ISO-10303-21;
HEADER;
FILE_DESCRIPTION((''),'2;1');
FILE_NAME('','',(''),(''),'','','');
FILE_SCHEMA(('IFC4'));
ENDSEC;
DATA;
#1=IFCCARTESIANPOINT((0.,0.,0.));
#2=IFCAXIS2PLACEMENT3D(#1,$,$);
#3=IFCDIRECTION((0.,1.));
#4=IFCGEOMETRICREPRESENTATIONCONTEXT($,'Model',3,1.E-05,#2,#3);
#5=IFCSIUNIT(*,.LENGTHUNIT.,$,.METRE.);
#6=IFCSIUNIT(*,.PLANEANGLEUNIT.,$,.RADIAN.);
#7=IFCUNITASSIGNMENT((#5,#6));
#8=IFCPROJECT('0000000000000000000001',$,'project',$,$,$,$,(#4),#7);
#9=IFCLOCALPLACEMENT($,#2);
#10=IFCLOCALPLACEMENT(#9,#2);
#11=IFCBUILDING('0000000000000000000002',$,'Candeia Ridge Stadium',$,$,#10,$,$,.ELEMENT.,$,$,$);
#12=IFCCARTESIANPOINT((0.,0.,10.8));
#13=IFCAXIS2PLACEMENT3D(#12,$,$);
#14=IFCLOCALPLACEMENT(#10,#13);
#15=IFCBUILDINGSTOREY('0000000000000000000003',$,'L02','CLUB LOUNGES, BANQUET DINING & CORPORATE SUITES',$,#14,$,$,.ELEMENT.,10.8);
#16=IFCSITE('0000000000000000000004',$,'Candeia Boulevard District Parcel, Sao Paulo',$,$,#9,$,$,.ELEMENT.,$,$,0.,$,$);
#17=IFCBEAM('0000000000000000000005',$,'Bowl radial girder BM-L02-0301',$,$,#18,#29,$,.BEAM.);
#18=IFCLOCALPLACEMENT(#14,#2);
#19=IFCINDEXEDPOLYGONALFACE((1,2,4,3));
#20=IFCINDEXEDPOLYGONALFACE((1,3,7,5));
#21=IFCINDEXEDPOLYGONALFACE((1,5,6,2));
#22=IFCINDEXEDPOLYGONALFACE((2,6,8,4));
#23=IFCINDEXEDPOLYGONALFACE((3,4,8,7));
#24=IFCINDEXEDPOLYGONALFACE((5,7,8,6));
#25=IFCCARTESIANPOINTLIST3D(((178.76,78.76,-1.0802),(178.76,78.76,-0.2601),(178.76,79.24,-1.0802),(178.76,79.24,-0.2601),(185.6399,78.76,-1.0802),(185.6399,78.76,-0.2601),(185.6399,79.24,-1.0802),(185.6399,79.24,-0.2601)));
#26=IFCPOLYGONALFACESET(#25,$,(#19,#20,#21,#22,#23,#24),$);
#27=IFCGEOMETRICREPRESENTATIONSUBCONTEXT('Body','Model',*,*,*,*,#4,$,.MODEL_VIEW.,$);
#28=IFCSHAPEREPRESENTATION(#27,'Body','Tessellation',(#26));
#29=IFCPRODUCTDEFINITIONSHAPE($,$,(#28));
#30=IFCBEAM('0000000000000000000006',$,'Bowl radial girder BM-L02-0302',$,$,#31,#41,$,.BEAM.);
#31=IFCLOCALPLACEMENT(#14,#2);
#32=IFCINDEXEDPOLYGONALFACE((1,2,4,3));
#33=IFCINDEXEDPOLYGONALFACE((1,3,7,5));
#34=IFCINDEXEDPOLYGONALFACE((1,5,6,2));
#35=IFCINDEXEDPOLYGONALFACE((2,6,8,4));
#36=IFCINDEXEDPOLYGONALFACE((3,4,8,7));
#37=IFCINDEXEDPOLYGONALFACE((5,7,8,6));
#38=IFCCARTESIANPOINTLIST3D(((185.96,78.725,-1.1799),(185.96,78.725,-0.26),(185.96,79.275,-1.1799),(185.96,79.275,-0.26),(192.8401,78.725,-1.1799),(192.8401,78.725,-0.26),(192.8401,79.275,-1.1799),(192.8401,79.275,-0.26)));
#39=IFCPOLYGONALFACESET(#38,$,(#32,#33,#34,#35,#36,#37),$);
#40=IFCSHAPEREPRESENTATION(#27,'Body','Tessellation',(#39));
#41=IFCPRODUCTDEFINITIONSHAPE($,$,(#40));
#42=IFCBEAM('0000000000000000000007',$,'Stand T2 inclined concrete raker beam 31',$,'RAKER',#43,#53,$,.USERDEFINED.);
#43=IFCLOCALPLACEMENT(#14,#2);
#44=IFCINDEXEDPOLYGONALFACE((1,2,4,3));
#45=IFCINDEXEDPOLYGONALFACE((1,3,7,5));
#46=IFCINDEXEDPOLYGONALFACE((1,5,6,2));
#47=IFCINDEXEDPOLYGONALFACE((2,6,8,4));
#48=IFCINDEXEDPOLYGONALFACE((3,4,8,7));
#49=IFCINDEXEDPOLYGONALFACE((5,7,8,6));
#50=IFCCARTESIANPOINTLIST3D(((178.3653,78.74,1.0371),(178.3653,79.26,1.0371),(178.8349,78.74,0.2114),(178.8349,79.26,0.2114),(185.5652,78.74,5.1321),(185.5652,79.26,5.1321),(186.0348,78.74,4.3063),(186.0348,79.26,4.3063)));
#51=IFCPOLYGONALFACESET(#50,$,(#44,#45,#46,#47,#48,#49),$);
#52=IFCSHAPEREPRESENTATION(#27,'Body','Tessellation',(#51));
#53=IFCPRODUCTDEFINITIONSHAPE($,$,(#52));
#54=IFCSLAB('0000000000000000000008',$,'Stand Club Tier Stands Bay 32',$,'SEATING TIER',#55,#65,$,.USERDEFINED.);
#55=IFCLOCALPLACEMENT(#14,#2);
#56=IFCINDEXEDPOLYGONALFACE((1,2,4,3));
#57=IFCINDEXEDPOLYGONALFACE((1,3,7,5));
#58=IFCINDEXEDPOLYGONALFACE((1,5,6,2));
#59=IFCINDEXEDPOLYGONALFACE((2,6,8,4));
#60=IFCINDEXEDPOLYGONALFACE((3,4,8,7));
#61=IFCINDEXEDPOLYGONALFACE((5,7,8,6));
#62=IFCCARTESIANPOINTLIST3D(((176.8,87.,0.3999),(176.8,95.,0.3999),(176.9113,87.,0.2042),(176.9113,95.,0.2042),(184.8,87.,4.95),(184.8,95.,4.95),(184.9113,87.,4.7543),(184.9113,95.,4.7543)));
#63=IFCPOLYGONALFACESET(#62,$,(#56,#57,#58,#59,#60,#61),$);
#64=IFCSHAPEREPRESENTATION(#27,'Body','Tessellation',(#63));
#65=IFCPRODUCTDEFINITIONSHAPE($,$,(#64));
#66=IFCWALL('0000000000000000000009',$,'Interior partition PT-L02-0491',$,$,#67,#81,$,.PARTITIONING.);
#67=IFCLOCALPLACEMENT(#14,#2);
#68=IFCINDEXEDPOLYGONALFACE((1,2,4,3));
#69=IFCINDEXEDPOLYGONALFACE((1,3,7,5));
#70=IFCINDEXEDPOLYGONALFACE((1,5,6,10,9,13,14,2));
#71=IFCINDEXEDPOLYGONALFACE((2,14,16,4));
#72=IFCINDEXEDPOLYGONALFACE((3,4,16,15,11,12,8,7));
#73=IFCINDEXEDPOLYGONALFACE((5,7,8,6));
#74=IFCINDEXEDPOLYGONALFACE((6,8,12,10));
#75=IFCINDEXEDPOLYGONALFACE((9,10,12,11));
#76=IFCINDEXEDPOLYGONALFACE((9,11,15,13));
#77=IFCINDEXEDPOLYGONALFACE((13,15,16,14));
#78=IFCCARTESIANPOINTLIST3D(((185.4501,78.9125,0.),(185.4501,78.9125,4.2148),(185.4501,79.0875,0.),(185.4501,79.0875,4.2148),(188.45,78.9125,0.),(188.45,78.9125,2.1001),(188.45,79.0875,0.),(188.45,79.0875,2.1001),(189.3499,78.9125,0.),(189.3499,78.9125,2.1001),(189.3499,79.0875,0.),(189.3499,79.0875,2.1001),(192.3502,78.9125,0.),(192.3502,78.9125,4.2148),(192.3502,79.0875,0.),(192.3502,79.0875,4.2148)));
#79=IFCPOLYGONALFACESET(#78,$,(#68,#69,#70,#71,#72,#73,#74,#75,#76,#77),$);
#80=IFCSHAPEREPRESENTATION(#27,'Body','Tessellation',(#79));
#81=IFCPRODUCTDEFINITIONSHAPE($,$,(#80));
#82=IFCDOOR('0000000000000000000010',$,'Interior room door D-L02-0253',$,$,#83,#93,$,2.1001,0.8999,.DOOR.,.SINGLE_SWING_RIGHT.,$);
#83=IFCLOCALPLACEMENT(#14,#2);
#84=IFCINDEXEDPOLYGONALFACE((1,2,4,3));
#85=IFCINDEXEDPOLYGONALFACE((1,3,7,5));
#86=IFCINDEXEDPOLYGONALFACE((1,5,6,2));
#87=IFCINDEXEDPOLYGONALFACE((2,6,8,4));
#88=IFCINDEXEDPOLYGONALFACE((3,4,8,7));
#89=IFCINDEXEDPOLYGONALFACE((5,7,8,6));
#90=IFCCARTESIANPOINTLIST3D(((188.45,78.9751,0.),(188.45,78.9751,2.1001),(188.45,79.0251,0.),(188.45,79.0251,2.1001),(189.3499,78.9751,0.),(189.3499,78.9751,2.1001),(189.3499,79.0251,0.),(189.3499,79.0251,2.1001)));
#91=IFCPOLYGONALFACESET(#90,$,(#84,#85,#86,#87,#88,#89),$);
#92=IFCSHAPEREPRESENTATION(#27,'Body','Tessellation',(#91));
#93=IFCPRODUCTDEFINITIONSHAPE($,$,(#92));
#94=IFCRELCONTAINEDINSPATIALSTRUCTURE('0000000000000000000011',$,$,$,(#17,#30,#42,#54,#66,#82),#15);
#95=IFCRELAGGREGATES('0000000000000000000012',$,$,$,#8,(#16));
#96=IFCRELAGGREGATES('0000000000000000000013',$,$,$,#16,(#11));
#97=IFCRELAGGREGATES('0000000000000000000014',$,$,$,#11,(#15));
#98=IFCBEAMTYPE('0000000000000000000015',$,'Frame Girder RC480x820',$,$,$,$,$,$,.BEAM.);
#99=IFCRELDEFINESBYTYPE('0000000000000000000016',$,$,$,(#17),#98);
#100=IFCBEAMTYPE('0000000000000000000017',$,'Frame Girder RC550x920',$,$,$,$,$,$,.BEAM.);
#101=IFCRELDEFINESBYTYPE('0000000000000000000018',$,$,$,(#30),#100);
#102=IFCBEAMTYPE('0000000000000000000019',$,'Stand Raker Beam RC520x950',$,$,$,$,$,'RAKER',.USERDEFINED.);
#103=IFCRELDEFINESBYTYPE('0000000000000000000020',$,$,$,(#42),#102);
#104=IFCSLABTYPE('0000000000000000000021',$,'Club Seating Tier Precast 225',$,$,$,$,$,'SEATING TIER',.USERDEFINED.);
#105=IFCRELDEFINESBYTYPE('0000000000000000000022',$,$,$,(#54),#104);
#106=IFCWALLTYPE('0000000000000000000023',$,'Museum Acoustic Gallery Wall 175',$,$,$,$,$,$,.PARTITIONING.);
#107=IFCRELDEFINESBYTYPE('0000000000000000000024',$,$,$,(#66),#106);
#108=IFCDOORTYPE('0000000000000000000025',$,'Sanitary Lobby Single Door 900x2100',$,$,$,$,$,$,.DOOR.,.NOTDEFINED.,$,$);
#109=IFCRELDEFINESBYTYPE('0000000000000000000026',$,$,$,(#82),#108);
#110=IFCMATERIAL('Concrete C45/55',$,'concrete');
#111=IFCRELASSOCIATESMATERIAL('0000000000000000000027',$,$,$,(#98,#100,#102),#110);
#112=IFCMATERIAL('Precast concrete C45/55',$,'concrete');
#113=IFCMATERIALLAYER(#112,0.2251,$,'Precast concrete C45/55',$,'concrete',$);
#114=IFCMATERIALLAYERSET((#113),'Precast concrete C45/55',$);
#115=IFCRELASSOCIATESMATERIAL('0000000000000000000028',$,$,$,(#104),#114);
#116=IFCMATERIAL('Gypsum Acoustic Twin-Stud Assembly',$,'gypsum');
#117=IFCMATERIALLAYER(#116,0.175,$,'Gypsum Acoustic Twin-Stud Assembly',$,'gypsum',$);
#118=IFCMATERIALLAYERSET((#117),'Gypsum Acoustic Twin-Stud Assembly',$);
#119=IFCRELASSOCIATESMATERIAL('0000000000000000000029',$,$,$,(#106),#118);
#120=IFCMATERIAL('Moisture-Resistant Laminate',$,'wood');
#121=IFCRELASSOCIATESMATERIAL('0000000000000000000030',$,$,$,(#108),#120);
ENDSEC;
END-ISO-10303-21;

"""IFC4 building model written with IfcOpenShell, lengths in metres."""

from ifc_helpers import new_model, si_unit, direction, frame, frame_2d, origin, origin_2d, place, context, subcontext, project, spatial, polyline, rectangle, outline, extrude, material, layer, layer_set, material_profile, profile_set, type_object, element, fill, save


model = new_model("IFC4")

# Units and contexts
model_context = context("Model", 3, precision=1e-05, world=origin(), true_north=direction((0.0, 1.0)))
body_context = subcontext(model_context, "Body", "Model", "MODEL_VIEW")
ifc_project = project(units=[si_unit("LENGTHUNIT", "METRE"), si_unit("PLANEANGLEUNIT", "RADIAN")], contexts=[model_context])

# Site, building, storey
site_placement = place(None, origin())
site = spatial("IfcSite", under=ifc_project, at=site_placement, Name="Candeia Boulevard District Parcel, Sao Paulo", CompositionType="ELEMENT", RefElevation=0.0)
building_placement = place(site_placement, origin())
building = spatial("IfcBuilding", under=site, at=building_placement, Name="Candeia Ridge Stadium", CompositionType="ELEMENT")
storey_placement = place(building_placement, frame((0.0, 0.0, 10.8)))
storey = spatial("IfcBuildingStorey", under=building, at=storey_placement, Name="L02", Description="CLUB LOUNGES, BANQUET DINING & CORPORATE SUITES", CompositionType="ELEMENT", Elevation=10.8)

# Shared definitions
ifc_material_1 = material(Name="Concrete C45/55", Category="concrete")

# Beams
ifc_material_profile_1 = material_profile(ifc_material_1, rectangle(XDim=0.48, YDim=0.8201, at=origin_2d()), Name="RC480x820", Category="concrete")
ifc_profile_set_1 = profile_set([ifc_material_profile_1], Name="Concrete C45/55")
beam_type_1 = type_object("IfcBeamType", Name="Frame Girder RC480x820", PredefinedType="BEAM", material=ifc_profile_set_1)
beam_1_placement = place(storey_placement, frame((178.76, 79.0, -0.6702), z_axis=(1.0, 0.0, 0.0), x_axis=(0.0, 1.0, 0.0)))
element("IfcBeam", 1, at=beam_1_placement, inside=storey, type_object=beam_type_1, Name="Bowl radial girder BM-L02-0301", PredefinedType="BEAM", context=body_context, shape_type="SweptSolid", body=[
    extrude(rectangle(XDim=0.48, YDim=0.8201, at=origin_2d()), origin(), (0.0, 0.0, 1.0), 6.8799),
])
ifc_material_profile_2 = material_profile(ifc_material_1, rectangle(XDim=0.55, YDim=0.9199, at=origin_2d()), Name="RC550x920", Category="concrete")
ifc_profile_set_2 = profile_set([ifc_material_profile_2], Name="Concrete C45/55")
beam_type_2 = type_object("IfcBeamType", Name="Frame Girder RC550x920", PredefinedType="BEAM", material=ifc_profile_set_2)
beam_2_placement = place(storey_placement, frame((185.96, 79.0, -0.72), z_axis=(1.0, 0.0, 0.0), x_axis=(0.0, 1.0, 0.0)))
element("IfcBeam", 2, at=beam_2_placement, inside=storey, type_object=beam_type_2, Name="Bowl radial girder BM-L02-0302", PredefinedType="BEAM", context=body_context, shape_type="SweptSolid", body=[
    extrude(rectangle(XDim=0.55, YDim=0.9199, at=origin_2d()), origin(), (0.0, 0.0, 1.0), 6.8801),
])
ifc_material_profile_3 = material_profile(ifc_material_1, rectangle(XDim=0.52, YDim=0.95, at=origin_2d()), Name="RC520x950", Category="concrete")
ifc_profile_set_3 = profile_set([ifc_material_profile_3], Name="Concrete C45/55")
beam_type_3 = type_object("IfcBeamType", Name="Stand Raker Beam RC520x950", ElementType="RAKER", PredefinedType="USERDEFINED", material=ifc_profile_set_3)
beam_3_placement = place(storey_placement, frame((178.6001, 79.0, 0.6243), z_axis=(0.869244, 0.0, 0.494383), x_axis=(0.0, 1.0, 0.0)))
element("IfcBeam", 3, at=beam_3_placement, inside=storey, type_object=beam_type_3, Name="Stand T2 inclined concrete raker beam 31", ObjectType="RAKER", PredefinedType="USERDEFINED", context=body_context, shape_type="SweptSolid", body=[
    extrude(rectangle(XDim=0.52, YDim=0.95, at=origin_2d()), origin(), (0.0, 0.0, 1.0), 8.283),
])

# Slab
ifc_material_2 = material(Name="Precast concrete C45/55", Category="concrete")
ifc_layer_1 = layer(ifc_material_2, 0.2251, Name="Precast concrete C45/55", Category="concrete")
ifc_layer_set_1 = layer_set([ifc_layer_1], Name="Precast concrete C45/55")
slab_type = type_object("IfcSlabType", Name="Club Seating Tier Precast 225", ElementType="SEATING TIER", PredefinedType="USERDEFINED", material=ifc_layer_set_1)
slab_placement = place(storey_placement, frame((176.8, 87.0, 0.3999), z_axis=(-0.494387, 0.0, 0.869242), x_axis=(0.0, 1.0, 0.0)))
element("IfcSlab", 4, at=slab_placement, inside=storey, type_object=slab_type, Name="Stand Club Tier Stands Bay 32", ObjectType="SEATING TIER", PredefinedType="USERDEFINED", context=body_context, shape_type="SweptSolid", body=[
    extrude(outline(polyline([(0.0, 0.0), (8.0, 0.0), (8.0, -9.2034), (0.0, -9.2034), (0.0, 0.0)])), origin(), (0.0, 0.0, -1.0), 0.2251),
])

# Wall, opening, door
ifc_material_3 = material(Name="Gypsum Acoustic Twin-Stud Assembly", Category="gypsum")
ifc_layer_2 = layer(ifc_material_3, 0.175, Name="Gypsum Acoustic Twin-Stud Assembly", Category="gypsum")
ifc_layer_set_2 = layer_set([ifc_layer_2], Name="Gypsum Acoustic Twin-Stud Assembly")
wall_type = type_object("IfcWallType", Name="Museum Acoustic Gallery Wall 175", PredefinedType="PARTITIONING", material=ifc_layer_set_2)
wall_placement = place(storey_placement, frame((185.45, 79.0, 0.0), z_axis=(0.0, 0.0, 1.0), x_axis=(1.0, 0.0, 0.0)))
wall = element("IfcWall", 5, at=wall_placement, inside=storey, type_object=wall_type, Name="Interior partition PT-L02-0491", PredefinedType="PARTITIONING", context=body_context, shape_type="SweptSolid", body=[
    extrude(rectangle(XDim=6.9001, YDim=0.175, at=frame_2d((3.4502, 0.0))), origin(), (0.0, 0.0, 1.0), 4.2148),
])
opening_placement = place(wall_placement, frame((3.0, 0.0, 0.0)))
opening = element("IfcOpeningElement", 6, at=opening_placement, cuts=wall, PredefinedType="OPENING", context=body_context, shape_type="SweptSolid", body=[
    extrude(rectangle(XDim=0.8999, YDim=2.1001, at=frame_2d((0.45, 1.05))), frame((0.0, 0.0974, 0.0), z_axis=(0.0, -1.0, 0.0), x_axis=(1.0, 0.0, 0.0)), (0.0, 0.0, 1.0), 0.1951),
])
ifc_material_4 = material(Name="Moisture-Resistant Laminate", Category="wood")
door_type = type_object("IfcDoorType", Name="Sanitary Lobby Single Door 900x2100", OperationType="NOTDEFINED", PredefinedType="DOOR", material=ifc_material_4)
door_placement = place(opening_placement, frame((0.8999, 0.0, 0.0), z_axis=(0.0, 0.0, 1.0), x_axis=(-1.0, 0.0, 0.0)))
door = element("IfcDoor", 7, at=door_placement, inside=storey, type_object=door_type, Name="Interior room door D-L02-0253", OperationType="SINGLE_SWING_RIGHT", OverallHeight=2.1001, OverallWidth=0.8999, PredefinedType="DOOR", context=body_context, shape_type="SweptSolid", body=[
    extrude(rectangle(XDim=0.8999, YDim=2.1001, at=frame_2d((0.45, 1.05))), frame((0.0, 0.0249, 0.0), z_axis=(0.0, -1.0, 0.0), x_axis=(1.0, 0.0, 0.0)), (0.0, 0.0, 1.0), 0.05),
])
fill(opening, door)

save(model, "model.ifc")
